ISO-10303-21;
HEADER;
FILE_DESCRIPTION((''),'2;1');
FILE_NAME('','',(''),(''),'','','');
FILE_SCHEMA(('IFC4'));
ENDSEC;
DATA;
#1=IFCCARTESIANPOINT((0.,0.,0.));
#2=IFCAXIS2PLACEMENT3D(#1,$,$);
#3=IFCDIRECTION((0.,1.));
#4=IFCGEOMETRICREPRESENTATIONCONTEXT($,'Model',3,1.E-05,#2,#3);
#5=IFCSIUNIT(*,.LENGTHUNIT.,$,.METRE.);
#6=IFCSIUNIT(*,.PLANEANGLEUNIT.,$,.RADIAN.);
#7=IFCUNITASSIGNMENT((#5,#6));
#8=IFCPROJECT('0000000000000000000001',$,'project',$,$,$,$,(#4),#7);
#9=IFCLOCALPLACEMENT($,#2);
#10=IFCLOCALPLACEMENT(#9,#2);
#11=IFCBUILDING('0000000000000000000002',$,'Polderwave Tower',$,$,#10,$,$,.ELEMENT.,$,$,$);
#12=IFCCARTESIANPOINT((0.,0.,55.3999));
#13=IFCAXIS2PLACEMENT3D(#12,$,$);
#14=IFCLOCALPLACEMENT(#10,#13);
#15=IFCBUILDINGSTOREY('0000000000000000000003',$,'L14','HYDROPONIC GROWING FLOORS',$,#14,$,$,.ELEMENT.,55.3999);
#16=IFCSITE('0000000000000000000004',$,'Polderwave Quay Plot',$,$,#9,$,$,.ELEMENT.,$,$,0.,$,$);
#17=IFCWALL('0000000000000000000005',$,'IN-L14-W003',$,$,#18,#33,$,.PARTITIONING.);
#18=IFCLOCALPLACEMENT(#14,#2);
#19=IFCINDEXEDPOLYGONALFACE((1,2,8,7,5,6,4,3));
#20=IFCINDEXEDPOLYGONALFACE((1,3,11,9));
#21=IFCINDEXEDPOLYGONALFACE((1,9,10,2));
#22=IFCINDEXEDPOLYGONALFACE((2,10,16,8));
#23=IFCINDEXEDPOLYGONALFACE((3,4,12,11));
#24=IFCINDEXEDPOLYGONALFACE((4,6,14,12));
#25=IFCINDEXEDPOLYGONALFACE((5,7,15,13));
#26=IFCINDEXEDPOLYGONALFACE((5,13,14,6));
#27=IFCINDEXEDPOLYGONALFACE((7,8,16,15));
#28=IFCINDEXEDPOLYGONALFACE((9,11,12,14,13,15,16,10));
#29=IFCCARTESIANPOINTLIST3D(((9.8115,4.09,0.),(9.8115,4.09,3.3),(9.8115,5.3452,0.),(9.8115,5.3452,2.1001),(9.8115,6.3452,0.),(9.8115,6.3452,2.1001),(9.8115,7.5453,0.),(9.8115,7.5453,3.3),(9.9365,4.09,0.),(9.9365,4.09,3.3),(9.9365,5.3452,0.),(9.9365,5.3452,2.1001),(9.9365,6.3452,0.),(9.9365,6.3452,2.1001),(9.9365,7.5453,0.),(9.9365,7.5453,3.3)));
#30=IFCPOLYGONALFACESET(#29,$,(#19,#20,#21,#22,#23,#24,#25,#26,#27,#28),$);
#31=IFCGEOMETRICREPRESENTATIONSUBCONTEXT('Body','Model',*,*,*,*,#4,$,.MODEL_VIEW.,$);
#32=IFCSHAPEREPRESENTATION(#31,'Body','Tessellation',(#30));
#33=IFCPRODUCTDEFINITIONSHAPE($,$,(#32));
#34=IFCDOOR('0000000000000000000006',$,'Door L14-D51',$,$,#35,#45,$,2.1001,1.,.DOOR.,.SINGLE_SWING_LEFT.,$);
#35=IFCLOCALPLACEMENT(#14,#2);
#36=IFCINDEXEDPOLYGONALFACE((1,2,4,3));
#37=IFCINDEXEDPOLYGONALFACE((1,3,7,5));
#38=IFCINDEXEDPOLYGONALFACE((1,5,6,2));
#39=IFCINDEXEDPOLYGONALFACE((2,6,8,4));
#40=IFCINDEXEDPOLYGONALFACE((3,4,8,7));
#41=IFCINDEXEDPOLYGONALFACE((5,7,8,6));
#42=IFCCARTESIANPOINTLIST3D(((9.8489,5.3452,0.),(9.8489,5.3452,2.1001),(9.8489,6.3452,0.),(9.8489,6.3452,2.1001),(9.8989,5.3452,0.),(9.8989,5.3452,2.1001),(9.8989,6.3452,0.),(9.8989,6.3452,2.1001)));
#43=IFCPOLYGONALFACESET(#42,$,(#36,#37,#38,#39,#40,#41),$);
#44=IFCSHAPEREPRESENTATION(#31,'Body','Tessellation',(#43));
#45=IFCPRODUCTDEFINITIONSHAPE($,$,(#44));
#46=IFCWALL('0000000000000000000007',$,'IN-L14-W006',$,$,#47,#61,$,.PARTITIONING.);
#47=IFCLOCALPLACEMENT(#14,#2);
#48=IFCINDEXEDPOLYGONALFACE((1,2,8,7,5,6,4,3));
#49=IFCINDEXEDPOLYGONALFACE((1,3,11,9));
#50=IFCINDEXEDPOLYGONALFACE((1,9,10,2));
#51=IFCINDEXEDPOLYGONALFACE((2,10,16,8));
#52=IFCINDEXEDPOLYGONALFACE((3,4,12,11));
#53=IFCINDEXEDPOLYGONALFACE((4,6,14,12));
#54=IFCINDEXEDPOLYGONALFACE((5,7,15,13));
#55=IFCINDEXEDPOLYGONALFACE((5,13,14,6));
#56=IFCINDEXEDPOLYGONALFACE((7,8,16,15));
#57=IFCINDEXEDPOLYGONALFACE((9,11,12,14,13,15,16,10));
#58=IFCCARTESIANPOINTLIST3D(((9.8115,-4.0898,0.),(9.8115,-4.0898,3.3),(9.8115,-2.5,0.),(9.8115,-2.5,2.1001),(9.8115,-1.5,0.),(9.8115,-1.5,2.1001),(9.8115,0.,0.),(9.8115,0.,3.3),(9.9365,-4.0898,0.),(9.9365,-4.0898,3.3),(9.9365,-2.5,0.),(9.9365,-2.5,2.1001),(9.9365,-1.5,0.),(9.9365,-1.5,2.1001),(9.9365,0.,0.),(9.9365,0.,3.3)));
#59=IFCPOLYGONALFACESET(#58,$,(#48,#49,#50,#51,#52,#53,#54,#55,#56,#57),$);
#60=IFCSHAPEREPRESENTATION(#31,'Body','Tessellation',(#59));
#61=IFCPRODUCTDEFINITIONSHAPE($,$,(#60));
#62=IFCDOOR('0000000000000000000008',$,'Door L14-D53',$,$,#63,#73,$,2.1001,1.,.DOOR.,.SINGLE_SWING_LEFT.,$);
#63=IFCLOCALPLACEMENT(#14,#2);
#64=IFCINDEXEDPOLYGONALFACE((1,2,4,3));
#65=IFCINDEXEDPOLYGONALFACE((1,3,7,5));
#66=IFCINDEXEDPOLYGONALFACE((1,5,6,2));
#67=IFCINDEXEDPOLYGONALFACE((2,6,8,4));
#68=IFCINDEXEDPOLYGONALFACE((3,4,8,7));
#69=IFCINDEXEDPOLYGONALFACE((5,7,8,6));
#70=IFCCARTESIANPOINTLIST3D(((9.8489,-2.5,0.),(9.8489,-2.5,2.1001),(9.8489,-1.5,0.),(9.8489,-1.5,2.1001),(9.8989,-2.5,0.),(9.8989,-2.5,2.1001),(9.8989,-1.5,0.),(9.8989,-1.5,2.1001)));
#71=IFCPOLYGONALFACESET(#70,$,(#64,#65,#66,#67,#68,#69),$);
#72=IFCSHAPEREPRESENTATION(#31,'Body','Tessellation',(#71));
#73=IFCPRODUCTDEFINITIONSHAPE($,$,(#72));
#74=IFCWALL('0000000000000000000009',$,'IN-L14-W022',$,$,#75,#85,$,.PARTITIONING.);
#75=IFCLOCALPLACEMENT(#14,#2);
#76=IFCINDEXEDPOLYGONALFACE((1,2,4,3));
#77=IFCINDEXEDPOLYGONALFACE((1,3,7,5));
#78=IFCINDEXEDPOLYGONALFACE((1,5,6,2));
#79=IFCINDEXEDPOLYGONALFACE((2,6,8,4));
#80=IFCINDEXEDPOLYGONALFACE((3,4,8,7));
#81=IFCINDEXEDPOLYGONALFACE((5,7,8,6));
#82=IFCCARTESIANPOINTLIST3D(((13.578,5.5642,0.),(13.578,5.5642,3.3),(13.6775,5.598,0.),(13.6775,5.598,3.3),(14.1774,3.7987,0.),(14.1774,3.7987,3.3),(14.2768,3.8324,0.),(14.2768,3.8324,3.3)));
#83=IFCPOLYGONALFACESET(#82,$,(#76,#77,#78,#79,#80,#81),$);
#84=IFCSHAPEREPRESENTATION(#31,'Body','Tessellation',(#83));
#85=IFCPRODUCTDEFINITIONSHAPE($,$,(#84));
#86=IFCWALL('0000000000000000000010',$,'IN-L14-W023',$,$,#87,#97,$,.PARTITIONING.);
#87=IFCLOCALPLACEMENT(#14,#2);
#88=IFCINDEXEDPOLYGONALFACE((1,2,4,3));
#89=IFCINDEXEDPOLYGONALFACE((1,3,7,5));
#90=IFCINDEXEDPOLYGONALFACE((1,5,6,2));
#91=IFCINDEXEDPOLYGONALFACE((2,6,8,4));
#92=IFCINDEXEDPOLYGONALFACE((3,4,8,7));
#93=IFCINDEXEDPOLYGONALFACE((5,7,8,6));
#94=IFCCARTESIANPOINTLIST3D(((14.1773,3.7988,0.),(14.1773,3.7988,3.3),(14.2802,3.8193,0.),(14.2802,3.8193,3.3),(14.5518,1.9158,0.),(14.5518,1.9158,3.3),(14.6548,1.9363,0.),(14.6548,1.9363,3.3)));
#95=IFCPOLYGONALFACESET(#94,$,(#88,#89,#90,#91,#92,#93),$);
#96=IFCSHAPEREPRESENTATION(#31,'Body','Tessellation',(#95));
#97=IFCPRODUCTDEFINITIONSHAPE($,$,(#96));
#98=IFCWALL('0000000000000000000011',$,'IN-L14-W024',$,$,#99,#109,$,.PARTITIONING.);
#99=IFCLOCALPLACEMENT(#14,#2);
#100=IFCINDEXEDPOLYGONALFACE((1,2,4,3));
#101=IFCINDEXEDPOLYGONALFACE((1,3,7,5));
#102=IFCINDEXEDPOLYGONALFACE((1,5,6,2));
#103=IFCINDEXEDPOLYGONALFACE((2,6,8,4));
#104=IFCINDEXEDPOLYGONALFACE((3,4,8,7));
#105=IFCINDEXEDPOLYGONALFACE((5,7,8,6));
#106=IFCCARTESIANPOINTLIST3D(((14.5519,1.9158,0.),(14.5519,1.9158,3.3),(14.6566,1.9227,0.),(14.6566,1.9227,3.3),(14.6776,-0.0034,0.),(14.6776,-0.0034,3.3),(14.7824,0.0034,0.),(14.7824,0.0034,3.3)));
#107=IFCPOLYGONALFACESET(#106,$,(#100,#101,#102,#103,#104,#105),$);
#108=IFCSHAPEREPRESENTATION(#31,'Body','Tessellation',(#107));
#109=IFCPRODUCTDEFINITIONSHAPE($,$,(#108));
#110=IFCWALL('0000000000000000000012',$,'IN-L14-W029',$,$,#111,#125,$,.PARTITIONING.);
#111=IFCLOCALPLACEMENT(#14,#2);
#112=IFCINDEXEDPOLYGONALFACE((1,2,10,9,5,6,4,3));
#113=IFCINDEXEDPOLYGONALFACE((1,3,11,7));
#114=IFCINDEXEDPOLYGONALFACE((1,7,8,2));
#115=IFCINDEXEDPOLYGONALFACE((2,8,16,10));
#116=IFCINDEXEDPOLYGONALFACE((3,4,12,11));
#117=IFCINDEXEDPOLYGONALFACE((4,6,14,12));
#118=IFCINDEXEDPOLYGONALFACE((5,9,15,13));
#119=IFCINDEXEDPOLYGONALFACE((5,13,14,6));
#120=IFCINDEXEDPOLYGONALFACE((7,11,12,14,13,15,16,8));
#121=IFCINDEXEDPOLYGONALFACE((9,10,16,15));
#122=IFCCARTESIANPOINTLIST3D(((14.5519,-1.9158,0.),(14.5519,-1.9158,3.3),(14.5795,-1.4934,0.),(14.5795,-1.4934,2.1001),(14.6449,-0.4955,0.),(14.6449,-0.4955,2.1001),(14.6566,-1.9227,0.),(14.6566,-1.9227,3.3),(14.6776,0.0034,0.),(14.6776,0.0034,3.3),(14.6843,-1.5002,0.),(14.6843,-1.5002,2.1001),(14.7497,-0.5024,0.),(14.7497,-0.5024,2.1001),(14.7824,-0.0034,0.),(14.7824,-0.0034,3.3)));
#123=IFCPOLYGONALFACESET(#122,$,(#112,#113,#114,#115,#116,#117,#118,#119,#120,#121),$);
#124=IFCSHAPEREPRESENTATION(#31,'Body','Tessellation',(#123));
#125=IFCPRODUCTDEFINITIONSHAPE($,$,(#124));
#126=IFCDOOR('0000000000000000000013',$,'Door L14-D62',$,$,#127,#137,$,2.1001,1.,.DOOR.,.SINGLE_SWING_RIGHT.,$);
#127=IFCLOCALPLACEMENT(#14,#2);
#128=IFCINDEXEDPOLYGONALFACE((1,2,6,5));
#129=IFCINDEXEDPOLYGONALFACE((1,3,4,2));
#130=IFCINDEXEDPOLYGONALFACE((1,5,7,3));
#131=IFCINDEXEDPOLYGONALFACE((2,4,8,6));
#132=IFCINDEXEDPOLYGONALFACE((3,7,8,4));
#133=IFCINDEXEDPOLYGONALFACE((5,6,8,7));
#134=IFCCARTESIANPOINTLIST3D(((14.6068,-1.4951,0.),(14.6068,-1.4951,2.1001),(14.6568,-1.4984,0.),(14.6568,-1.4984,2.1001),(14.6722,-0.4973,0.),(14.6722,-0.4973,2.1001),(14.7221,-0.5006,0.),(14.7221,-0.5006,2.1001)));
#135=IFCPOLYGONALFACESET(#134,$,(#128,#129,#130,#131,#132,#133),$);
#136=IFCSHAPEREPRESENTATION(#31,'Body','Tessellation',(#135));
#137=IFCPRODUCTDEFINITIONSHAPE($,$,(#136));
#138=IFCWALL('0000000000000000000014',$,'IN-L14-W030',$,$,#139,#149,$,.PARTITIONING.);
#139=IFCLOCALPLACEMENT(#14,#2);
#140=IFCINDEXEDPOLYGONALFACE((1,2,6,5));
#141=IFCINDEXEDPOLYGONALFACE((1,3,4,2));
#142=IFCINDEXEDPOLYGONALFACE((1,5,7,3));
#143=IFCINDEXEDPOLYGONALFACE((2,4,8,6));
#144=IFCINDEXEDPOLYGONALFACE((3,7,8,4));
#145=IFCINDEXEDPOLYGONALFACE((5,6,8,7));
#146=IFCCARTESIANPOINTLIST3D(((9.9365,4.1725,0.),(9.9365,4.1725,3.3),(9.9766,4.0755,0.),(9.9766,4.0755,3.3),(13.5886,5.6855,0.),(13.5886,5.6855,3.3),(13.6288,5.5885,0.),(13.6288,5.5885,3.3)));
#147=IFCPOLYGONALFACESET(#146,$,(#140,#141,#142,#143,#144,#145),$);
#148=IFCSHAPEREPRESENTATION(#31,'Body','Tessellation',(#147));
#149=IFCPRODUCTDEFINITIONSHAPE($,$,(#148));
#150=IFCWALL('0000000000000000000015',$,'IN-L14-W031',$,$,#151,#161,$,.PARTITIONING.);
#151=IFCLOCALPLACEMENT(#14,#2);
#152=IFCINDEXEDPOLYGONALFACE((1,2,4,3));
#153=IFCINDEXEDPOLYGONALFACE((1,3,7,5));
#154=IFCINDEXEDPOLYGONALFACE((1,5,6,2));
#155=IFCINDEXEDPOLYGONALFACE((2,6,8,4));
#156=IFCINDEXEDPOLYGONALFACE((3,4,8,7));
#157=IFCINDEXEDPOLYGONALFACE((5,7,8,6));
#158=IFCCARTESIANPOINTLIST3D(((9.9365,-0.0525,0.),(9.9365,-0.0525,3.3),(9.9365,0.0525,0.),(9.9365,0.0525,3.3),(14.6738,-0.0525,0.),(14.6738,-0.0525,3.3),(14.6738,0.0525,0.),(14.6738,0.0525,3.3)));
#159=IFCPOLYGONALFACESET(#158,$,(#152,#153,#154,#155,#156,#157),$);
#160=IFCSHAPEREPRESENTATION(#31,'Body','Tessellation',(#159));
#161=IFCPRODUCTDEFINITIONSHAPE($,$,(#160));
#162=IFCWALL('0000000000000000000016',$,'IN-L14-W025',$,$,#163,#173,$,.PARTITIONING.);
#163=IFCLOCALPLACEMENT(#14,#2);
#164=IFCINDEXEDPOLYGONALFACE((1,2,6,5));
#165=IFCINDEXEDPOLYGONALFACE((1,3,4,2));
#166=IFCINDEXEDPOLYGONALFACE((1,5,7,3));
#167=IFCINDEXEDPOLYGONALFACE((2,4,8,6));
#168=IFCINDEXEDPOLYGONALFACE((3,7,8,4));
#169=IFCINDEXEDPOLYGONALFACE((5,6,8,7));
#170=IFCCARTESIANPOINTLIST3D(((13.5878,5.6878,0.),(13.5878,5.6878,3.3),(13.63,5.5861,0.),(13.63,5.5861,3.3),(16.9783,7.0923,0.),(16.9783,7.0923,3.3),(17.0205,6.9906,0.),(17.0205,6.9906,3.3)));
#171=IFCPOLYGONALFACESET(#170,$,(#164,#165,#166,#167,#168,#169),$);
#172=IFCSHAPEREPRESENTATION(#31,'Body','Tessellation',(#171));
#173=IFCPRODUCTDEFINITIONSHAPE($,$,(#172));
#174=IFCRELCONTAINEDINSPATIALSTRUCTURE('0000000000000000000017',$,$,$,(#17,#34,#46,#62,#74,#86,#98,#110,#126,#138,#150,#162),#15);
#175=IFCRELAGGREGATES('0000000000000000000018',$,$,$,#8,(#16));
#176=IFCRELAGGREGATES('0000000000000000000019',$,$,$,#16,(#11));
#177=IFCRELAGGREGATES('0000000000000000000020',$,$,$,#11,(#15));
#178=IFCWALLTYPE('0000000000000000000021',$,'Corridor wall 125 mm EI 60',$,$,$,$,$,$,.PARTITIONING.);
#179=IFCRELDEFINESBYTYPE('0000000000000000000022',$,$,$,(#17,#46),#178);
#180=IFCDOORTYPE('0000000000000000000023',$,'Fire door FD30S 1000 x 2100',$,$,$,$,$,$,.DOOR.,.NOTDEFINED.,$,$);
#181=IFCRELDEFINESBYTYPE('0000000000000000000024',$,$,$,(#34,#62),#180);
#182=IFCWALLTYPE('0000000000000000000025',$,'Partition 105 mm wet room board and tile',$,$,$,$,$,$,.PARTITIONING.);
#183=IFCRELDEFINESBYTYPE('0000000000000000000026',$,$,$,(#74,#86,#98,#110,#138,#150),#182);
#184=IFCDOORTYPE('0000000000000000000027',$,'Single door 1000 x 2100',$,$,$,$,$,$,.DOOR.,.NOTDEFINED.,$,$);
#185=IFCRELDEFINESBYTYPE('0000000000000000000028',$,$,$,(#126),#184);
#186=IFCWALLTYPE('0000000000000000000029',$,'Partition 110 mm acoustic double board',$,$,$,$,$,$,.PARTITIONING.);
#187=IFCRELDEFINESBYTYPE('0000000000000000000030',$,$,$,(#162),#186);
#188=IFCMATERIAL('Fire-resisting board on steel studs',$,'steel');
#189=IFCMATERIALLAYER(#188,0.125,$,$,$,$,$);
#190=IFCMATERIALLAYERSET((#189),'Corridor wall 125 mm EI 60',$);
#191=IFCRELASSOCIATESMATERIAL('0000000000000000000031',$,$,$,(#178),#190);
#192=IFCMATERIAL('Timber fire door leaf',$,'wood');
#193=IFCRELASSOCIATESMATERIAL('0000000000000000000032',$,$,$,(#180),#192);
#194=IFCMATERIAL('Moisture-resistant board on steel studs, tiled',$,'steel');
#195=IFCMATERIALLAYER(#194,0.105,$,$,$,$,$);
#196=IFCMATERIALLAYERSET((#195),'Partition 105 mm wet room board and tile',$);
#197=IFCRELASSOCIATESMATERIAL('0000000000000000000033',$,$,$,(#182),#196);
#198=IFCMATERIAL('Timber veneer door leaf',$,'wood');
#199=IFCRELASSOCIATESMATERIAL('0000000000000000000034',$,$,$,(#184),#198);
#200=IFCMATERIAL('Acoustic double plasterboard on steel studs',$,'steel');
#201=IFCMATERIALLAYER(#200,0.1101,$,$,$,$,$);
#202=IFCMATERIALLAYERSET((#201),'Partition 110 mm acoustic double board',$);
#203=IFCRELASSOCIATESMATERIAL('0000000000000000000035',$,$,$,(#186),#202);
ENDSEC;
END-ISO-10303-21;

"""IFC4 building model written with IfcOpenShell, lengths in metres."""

from ifc_helpers import new_model, si_unit, direction, frame, frame_2d, origin, place, context, subcontext, project, spatial, rectangle, extrude, material, layer, layer_set, type_object, element, fill, save


model = new_model("IFC4")

# Units and contexts
model_context = context("Model", 3, precision=1e-05, world=origin(), true_north=direction((0.0, 1.0)))
body_context = subcontext(model_context, "Body", "Model", "MODEL_VIEW")
ifc_project = project(units=[si_unit("LENGTHUNIT", "METRE"), si_unit("PLANEANGLEUNIT", "RADIAN")], contexts=[model_context])

# Site, building, storey
site_placement = place(None, origin())
site = spatial("IfcSite", under=ifc_project, at=site_placement, Name="Polderwave Quay Plot", CompositionType="ELEMENT", RefElevation=0.0)
building_placement = place(site_placement, origin())
building = spatial("IfcBuilding", under=site, at=building_placement, Name="Polderwave Tower", CompositionType="ELEMENT")
storey_placement = place(building_placement, frame((0.0, 0.0, 55.3999)))
storey = spatial("IfcBuildingStorey", under=building, at=storey_placement, Name="L14", Description="HYDROPONIC GROWING FLOORS", CompositionType="ELEMENT", Elevation=55.3999)

# Walls, openings, doors
ifc_material_1 = material(Name="Fire-resisting board on steel studs", Category="steel")
ifc_layer_1 = layer(ifc_material_1, 0.125)
ifc_layer_set_1 = layer_set([ifc_layer_1], Name="Corridor wall 125 mm EI 60")
wall_type_1 = type_object("IfcWallType", Name="Corridor wall 125 mm EI 60", PredefinedType="PARTITIONING", material=ifc_layer_set_1)
ifc_material_2 = material(Name="Timber fire door leaf", Category="wood")
door_type_1 = type_object("IfcDoorType", Name="Fire door FD30S 1000 x 2100", OperationType="NOTDEFINED", PredefinedType="DOOR", material=ifc_material_2)
wall_1_placement = place(storey_placement, frame((9.874, 7.5452, 0.0), z_axis=(0.0, 0.0, 1.0), x_axis=(0.0, -1.0, 0.0)))
wall_1 = element("IfcWall", 1, at=wall_1_placement, inside=storey, type_object=wall_type_1, Name="IN-L14-W003", PredefinedType="PARTITIONING", context=body_context, shape_type="SweptSolid", body=[
    extrude(rectangle(XDim=3.4553, YDim=0.125, at=frame_2d((1.7275, 0.0))), origin(), (0.0, 0.0, 1.0), 3.3),
])
opening_1_placement = place(wall_1_placement, frame((1.2, 0.0, 0.0)))
opening_1 = element("IfcOpeningElement", 2, at=opening_1_placement, cuts=wall_1, PredefinedType="OPENING", context=body_context, shape_type="SweptSolid", body=[
    extrude(rectangle(XDim=1.0, YDim=2.1001, at=frame_2d((0.5, 1.05))), frame((0.0, 0.0725, 0.0), z_axis=(0.0, -1.0, 0.0), x_axis=(1.0, 0.0, 0.0)), (0.0, 0.0, 1.0), 0.145),
])
door_1_placement = place(opening_1_placement, origin())
door_1 = element("IfcDoor", 3, at=door_1_placement, inside=storey, type_object=door_type_1, Name="Door L14-D51", OperationType="SINGLE_SWING_LEFT", OverallHeight=2.1001, OverallWidth=1.0, PredefinedType="DOOR", context=body_context, shape_type="SweptSolid", body=[
    extrude(rectangle(XDim=1.0, YDim=2.1001, at=frame_2d((0.5, 1.05))), frame((0.0, 0.0249, 0.0), z_axis=(0.0, -1.0, 0.0), x_axis=(1.0, 0.0, 0.0)), (0.0, 0.0, 1.0), 0.05),
])
fill(opening_1, door_1)
wall_2_placement = place(storey_placement, frame((9.874, 0.0, 0.0), z_axis=(0.0, 0.0, 1.0), x_axis=(0.0, -1.0, 0.0)))
wall_2 = element("IfcWall", 4, at=wall_2_placement, inside=storey, type_object=wall_type_1, Name="IN-L14-W006", PredefinedType="PARTITIONING", context=body_context, shape_type="SweptSolid", body=[
    extrude(rectangle(XDim=4.0898, YDim=0.125, at=frame_2d((2.0449, 0.0))), origin(), (0.0, 0.0, 1.0), 3.3),
])
opening_2_placement = place(wall_2_placement, frame((1.5, 0.0, 0.0)))
opening_2 = element("IfcOpeningElement", 5, at=opening_2_placement, cuts=wall_2, PredefinedType="OPENING", context=body_context, shape_type="SweptSolid", body=[
    extrude(rectangle(XDim=1.0, YDim=2.1001, at=frame_2d((0.5, 1.05))), frame((0.0, 0.0725, 0.0), z_axis=(0.0, -1.0, 0.0), x_axis=(1.0, 0.0, 0.0)), (0.0, 0.0, 1.0), 0.145),
])
door_2_placement = place(opening_2_placement, origin())
door_2 = element("IfcDoor", 6, at=door_2_placement, inside=storey, type_object=door_type_1, Name="Door L14-D53", OperationType="SINGLE_SWING_LEFT", OverallHeight=2.1001, OverallWidth=1.0, PredefinedType="DOOR", context=body_context, shape_type="SweptSolid", body=[
    extrude(rectangle(XDim=1.0, YDim=2.1001, at=frame_2d((0.5, 1.05))), frame((0.0, 0.0249, 0.0), z_axis=(0.0, -1.0, 0.0), x_axis=(1.0, 0.0, 0.0)), (0.0, 0.0, 1.0), 0.05),
])
fill(opening_2, door_2)

# Walls
ifc_material_3 = material(Name="Moisture-resistant board on steel studs, tiled", Category="steel")
ifc_layer_2 = layer(ifc_material_3, 0.105)
ifc_layer_set_2 = layer_set([ifc_layer_2], Name="Partition 105 mm wet room board and tile")
wall_type_2 = type_object("IfcWallType", Name="Partition 105 mm wet room board and tile", PredefinedType="PARTITIONING", material=ifc_layer_set_2)
wall_3_placement = place(storey_placement, frame((14.2271, 3.8157, 0.0), z_axis=(0.0, 0.0, 1.0), x_axis=(-0.321447, 0.946927, 0.0)))
element("IfcWall", 7, at=wall_3_placement, inside=storey, type_object=wall_type_2, Name="IN-L14-W022", PredefinedType="PARTITIONING", context=body_context, shape_type="SweptSolid", body=[
    extrude(rectangle(XDim=1.8645, YDim=0.105, at=frame_2d((0.9321, 0.0))), origin(), (0.0, 0.0, 1.0), 3.3),
])
wall_4_placement = place(storey_placement, frame((14.6033, 1.926, 0.0), z_axis=(0.0, 0.0, 1.0), x_axis=(-0.195065, 0.98079, 0.0)))
element("IfcWall", 8, at=wall_4_placement, inside=storey, type_object=wall_type_2, Name="IN-L14-W023", PredefinedType="PARTITIONING", context=body_context, shape_type="SweptSolid", body=[
    extrude(rectangle(XDim=1.9199, YDim=0.105, at=frame_2d((0.96, 0.0))), origin(), (0.0, 0.0, 1.0), 3.3),
])
wall_5_placement = place(storey_placement, frame((14.73, 0.0, 0.0), z_axis=(0.0, 0.0, 1.0), x_axis=(-0.065373, 0.997861, 0.0)))
element("IfcWall", 9, at=wall_5_placement, inside=storey, type_object=wall_type_2, Name="IN-L14-W024", PredefinedType="PARTITIONING", context=body_context, shape_type="SweptSolid", body=[
    extrude(rectangle(XDim=1.9233, YDim=0.105, at=frame_2d((0.9617, 0.0))), origin(), (0.0, 0.0, 1.0), 3.3),
])

# Wall, opening, door
wall_6_placement = place(storey_placement, frame((14.73, 0.0, 0.0), z_axis=(0.0, 0.0, 1.0), x_axis=(-0.065373, -0.997861, 0.0)))
wall_6 = element("IfcWall", 10, at=wall_6_placement, inside=storey, type_object=wall_type_2, Name="IN-L14-W029", PredefinedType="PARTITIONING", context=body_context, shape_type="SweptSolid", body=[
    extrude(rectangle(XDim=1.9233, YDim=0.105, at=frame_2d((0.9617, 0.0))), origin(), (0.0, 0.0, 1.0), 3.3),
])
opening_3_placement = place(wall_6_placement, frame((0.5, 0.0, 0.0)))
opening_3 = element("IfcOpeningElement", 11, at=opening_3_placement, cuts=wall_6, PredefinedType="OPENING", context=body_context, shape_type="SweptSolid", body=[
    extrude(rectangle(XDim=1.0, YDim=2.1001, at=frame_2d((0.5, 1.05))), frame((0.0, 0.0625, 0.0), z_axis=(0.0, -1.0, 0.0), x_axis=(1.0, 0.0, 0.0)), (0.0, 0.0, 1.0), 0.125),
])
ifc_material_4 = material(Name="Timber veneer door leaf", Category="wood")
door_type_2 = type_object("IfcDoorType", Name="Single door 1000 x 2100", OperationType="NOTDEFINED", PredefinedType="DOOR", material=ifc_material_4)
door_3_placement = place(opening_3_placement, origin())
door_3 = element("IfcDoor", 12, at=door_3_placement, inside=storey, type_object=door_type_2, Name="Door L14-D62", OperationType="SINGLE_SWING_RIGHT", OverallHeight=2.1001, OverallWidth=1.0, PredefinedType="DOOR", context=body_context, shape_type="SweptSolid", body=[
    extrude(rectangle(XDim=1.0, YDim=2.1001, at=frame_2d((0.5, 1.05))), frame((0.0, 0.0249, 0.0), z_axis=(0.0, -1.0, 0.0), x_axis=(1.0, 0.0, 0.0)), (0.0, 0.0, 1.0), 0.05),
])
fill(opening_3, door_3)

# Walls
wall_7_placement = place(storey_placement, frame((9.9565, 4.124, 0.0), z_axis=(0.0, 0.0, 1.0), x_axis=(0.923863, 0.382725, 0.0)))
element("IfcWall", 13, at=wall_7_placement, inside=storey, type_object=wall_type_2, Name="IN-L14-W030", PredefinedType="PARTITIONING", context=body_context, shape_type="SweptSolid", body=[
    extrude(rectangle(XDim=3.9531, YDim=0.105, at=frame_2d((1.9766, 0.0))), origin(), (0.0, 0.0, 1.0), 3.3),
])
wall_8_placement = place(storey_placement, frame((14.6738, 0.0, 0.0), z_axis=(0.0, 0.0, 1.0), x_axis=(-1.0, 0.0, 0.0)))
element("IfcWall", 14, at=wall_8_placement, inside=storey, type_object=wall_type_2, Name="IN-L14-W031", PredefinedType="PARTITIONING", context=body_context, shape_type="SweptSolid", body=[
    extrude(rectangle(XDim=4.7373, YDim=0.105, at=frame_2d((2.3687, 0.0))), origin(), (0.0, 0.0, 1.0), 3.3),
])
ifc_material_5 = material(Name="Acoustic double plasterboard on steel studs", Category="steel")
ifc_layer_3 = layer(ifc_material_5, 0.1101)
ifc_layer_set_3 = layer_set([ifc_layer_3], Name="Partition 110 mm acoustic double board")
wall_type_3 = type_object("IfcWallType", Name="Partition 110 mm acoustic double board", PredefinedType="PARTITIONING", material=ifc_layer_set_3)
wall_9_placement = place(storey_placement, frame((13.6089, 5.637, 0.0), z_axis=(0.0, 0.0, 1.0), x_axis=(0.92387, 0.382706, 0.0)))
element("IfcWall", 15, at=wall_9_placement, inside=storey, type_object=wall_type_3, Name="IN-L14-W025", PredefinedType="PARTITIONING", context=body_context, shape_type="SweptSolid", body=[
    extrude(rectangle(XDim=3.6699, YDim=0.1101, at=frame_2d((1.835, 0.0))), origin(), (0.0, 0.0, 1.0), 3.3),
])

save(model, "model.ifc")
